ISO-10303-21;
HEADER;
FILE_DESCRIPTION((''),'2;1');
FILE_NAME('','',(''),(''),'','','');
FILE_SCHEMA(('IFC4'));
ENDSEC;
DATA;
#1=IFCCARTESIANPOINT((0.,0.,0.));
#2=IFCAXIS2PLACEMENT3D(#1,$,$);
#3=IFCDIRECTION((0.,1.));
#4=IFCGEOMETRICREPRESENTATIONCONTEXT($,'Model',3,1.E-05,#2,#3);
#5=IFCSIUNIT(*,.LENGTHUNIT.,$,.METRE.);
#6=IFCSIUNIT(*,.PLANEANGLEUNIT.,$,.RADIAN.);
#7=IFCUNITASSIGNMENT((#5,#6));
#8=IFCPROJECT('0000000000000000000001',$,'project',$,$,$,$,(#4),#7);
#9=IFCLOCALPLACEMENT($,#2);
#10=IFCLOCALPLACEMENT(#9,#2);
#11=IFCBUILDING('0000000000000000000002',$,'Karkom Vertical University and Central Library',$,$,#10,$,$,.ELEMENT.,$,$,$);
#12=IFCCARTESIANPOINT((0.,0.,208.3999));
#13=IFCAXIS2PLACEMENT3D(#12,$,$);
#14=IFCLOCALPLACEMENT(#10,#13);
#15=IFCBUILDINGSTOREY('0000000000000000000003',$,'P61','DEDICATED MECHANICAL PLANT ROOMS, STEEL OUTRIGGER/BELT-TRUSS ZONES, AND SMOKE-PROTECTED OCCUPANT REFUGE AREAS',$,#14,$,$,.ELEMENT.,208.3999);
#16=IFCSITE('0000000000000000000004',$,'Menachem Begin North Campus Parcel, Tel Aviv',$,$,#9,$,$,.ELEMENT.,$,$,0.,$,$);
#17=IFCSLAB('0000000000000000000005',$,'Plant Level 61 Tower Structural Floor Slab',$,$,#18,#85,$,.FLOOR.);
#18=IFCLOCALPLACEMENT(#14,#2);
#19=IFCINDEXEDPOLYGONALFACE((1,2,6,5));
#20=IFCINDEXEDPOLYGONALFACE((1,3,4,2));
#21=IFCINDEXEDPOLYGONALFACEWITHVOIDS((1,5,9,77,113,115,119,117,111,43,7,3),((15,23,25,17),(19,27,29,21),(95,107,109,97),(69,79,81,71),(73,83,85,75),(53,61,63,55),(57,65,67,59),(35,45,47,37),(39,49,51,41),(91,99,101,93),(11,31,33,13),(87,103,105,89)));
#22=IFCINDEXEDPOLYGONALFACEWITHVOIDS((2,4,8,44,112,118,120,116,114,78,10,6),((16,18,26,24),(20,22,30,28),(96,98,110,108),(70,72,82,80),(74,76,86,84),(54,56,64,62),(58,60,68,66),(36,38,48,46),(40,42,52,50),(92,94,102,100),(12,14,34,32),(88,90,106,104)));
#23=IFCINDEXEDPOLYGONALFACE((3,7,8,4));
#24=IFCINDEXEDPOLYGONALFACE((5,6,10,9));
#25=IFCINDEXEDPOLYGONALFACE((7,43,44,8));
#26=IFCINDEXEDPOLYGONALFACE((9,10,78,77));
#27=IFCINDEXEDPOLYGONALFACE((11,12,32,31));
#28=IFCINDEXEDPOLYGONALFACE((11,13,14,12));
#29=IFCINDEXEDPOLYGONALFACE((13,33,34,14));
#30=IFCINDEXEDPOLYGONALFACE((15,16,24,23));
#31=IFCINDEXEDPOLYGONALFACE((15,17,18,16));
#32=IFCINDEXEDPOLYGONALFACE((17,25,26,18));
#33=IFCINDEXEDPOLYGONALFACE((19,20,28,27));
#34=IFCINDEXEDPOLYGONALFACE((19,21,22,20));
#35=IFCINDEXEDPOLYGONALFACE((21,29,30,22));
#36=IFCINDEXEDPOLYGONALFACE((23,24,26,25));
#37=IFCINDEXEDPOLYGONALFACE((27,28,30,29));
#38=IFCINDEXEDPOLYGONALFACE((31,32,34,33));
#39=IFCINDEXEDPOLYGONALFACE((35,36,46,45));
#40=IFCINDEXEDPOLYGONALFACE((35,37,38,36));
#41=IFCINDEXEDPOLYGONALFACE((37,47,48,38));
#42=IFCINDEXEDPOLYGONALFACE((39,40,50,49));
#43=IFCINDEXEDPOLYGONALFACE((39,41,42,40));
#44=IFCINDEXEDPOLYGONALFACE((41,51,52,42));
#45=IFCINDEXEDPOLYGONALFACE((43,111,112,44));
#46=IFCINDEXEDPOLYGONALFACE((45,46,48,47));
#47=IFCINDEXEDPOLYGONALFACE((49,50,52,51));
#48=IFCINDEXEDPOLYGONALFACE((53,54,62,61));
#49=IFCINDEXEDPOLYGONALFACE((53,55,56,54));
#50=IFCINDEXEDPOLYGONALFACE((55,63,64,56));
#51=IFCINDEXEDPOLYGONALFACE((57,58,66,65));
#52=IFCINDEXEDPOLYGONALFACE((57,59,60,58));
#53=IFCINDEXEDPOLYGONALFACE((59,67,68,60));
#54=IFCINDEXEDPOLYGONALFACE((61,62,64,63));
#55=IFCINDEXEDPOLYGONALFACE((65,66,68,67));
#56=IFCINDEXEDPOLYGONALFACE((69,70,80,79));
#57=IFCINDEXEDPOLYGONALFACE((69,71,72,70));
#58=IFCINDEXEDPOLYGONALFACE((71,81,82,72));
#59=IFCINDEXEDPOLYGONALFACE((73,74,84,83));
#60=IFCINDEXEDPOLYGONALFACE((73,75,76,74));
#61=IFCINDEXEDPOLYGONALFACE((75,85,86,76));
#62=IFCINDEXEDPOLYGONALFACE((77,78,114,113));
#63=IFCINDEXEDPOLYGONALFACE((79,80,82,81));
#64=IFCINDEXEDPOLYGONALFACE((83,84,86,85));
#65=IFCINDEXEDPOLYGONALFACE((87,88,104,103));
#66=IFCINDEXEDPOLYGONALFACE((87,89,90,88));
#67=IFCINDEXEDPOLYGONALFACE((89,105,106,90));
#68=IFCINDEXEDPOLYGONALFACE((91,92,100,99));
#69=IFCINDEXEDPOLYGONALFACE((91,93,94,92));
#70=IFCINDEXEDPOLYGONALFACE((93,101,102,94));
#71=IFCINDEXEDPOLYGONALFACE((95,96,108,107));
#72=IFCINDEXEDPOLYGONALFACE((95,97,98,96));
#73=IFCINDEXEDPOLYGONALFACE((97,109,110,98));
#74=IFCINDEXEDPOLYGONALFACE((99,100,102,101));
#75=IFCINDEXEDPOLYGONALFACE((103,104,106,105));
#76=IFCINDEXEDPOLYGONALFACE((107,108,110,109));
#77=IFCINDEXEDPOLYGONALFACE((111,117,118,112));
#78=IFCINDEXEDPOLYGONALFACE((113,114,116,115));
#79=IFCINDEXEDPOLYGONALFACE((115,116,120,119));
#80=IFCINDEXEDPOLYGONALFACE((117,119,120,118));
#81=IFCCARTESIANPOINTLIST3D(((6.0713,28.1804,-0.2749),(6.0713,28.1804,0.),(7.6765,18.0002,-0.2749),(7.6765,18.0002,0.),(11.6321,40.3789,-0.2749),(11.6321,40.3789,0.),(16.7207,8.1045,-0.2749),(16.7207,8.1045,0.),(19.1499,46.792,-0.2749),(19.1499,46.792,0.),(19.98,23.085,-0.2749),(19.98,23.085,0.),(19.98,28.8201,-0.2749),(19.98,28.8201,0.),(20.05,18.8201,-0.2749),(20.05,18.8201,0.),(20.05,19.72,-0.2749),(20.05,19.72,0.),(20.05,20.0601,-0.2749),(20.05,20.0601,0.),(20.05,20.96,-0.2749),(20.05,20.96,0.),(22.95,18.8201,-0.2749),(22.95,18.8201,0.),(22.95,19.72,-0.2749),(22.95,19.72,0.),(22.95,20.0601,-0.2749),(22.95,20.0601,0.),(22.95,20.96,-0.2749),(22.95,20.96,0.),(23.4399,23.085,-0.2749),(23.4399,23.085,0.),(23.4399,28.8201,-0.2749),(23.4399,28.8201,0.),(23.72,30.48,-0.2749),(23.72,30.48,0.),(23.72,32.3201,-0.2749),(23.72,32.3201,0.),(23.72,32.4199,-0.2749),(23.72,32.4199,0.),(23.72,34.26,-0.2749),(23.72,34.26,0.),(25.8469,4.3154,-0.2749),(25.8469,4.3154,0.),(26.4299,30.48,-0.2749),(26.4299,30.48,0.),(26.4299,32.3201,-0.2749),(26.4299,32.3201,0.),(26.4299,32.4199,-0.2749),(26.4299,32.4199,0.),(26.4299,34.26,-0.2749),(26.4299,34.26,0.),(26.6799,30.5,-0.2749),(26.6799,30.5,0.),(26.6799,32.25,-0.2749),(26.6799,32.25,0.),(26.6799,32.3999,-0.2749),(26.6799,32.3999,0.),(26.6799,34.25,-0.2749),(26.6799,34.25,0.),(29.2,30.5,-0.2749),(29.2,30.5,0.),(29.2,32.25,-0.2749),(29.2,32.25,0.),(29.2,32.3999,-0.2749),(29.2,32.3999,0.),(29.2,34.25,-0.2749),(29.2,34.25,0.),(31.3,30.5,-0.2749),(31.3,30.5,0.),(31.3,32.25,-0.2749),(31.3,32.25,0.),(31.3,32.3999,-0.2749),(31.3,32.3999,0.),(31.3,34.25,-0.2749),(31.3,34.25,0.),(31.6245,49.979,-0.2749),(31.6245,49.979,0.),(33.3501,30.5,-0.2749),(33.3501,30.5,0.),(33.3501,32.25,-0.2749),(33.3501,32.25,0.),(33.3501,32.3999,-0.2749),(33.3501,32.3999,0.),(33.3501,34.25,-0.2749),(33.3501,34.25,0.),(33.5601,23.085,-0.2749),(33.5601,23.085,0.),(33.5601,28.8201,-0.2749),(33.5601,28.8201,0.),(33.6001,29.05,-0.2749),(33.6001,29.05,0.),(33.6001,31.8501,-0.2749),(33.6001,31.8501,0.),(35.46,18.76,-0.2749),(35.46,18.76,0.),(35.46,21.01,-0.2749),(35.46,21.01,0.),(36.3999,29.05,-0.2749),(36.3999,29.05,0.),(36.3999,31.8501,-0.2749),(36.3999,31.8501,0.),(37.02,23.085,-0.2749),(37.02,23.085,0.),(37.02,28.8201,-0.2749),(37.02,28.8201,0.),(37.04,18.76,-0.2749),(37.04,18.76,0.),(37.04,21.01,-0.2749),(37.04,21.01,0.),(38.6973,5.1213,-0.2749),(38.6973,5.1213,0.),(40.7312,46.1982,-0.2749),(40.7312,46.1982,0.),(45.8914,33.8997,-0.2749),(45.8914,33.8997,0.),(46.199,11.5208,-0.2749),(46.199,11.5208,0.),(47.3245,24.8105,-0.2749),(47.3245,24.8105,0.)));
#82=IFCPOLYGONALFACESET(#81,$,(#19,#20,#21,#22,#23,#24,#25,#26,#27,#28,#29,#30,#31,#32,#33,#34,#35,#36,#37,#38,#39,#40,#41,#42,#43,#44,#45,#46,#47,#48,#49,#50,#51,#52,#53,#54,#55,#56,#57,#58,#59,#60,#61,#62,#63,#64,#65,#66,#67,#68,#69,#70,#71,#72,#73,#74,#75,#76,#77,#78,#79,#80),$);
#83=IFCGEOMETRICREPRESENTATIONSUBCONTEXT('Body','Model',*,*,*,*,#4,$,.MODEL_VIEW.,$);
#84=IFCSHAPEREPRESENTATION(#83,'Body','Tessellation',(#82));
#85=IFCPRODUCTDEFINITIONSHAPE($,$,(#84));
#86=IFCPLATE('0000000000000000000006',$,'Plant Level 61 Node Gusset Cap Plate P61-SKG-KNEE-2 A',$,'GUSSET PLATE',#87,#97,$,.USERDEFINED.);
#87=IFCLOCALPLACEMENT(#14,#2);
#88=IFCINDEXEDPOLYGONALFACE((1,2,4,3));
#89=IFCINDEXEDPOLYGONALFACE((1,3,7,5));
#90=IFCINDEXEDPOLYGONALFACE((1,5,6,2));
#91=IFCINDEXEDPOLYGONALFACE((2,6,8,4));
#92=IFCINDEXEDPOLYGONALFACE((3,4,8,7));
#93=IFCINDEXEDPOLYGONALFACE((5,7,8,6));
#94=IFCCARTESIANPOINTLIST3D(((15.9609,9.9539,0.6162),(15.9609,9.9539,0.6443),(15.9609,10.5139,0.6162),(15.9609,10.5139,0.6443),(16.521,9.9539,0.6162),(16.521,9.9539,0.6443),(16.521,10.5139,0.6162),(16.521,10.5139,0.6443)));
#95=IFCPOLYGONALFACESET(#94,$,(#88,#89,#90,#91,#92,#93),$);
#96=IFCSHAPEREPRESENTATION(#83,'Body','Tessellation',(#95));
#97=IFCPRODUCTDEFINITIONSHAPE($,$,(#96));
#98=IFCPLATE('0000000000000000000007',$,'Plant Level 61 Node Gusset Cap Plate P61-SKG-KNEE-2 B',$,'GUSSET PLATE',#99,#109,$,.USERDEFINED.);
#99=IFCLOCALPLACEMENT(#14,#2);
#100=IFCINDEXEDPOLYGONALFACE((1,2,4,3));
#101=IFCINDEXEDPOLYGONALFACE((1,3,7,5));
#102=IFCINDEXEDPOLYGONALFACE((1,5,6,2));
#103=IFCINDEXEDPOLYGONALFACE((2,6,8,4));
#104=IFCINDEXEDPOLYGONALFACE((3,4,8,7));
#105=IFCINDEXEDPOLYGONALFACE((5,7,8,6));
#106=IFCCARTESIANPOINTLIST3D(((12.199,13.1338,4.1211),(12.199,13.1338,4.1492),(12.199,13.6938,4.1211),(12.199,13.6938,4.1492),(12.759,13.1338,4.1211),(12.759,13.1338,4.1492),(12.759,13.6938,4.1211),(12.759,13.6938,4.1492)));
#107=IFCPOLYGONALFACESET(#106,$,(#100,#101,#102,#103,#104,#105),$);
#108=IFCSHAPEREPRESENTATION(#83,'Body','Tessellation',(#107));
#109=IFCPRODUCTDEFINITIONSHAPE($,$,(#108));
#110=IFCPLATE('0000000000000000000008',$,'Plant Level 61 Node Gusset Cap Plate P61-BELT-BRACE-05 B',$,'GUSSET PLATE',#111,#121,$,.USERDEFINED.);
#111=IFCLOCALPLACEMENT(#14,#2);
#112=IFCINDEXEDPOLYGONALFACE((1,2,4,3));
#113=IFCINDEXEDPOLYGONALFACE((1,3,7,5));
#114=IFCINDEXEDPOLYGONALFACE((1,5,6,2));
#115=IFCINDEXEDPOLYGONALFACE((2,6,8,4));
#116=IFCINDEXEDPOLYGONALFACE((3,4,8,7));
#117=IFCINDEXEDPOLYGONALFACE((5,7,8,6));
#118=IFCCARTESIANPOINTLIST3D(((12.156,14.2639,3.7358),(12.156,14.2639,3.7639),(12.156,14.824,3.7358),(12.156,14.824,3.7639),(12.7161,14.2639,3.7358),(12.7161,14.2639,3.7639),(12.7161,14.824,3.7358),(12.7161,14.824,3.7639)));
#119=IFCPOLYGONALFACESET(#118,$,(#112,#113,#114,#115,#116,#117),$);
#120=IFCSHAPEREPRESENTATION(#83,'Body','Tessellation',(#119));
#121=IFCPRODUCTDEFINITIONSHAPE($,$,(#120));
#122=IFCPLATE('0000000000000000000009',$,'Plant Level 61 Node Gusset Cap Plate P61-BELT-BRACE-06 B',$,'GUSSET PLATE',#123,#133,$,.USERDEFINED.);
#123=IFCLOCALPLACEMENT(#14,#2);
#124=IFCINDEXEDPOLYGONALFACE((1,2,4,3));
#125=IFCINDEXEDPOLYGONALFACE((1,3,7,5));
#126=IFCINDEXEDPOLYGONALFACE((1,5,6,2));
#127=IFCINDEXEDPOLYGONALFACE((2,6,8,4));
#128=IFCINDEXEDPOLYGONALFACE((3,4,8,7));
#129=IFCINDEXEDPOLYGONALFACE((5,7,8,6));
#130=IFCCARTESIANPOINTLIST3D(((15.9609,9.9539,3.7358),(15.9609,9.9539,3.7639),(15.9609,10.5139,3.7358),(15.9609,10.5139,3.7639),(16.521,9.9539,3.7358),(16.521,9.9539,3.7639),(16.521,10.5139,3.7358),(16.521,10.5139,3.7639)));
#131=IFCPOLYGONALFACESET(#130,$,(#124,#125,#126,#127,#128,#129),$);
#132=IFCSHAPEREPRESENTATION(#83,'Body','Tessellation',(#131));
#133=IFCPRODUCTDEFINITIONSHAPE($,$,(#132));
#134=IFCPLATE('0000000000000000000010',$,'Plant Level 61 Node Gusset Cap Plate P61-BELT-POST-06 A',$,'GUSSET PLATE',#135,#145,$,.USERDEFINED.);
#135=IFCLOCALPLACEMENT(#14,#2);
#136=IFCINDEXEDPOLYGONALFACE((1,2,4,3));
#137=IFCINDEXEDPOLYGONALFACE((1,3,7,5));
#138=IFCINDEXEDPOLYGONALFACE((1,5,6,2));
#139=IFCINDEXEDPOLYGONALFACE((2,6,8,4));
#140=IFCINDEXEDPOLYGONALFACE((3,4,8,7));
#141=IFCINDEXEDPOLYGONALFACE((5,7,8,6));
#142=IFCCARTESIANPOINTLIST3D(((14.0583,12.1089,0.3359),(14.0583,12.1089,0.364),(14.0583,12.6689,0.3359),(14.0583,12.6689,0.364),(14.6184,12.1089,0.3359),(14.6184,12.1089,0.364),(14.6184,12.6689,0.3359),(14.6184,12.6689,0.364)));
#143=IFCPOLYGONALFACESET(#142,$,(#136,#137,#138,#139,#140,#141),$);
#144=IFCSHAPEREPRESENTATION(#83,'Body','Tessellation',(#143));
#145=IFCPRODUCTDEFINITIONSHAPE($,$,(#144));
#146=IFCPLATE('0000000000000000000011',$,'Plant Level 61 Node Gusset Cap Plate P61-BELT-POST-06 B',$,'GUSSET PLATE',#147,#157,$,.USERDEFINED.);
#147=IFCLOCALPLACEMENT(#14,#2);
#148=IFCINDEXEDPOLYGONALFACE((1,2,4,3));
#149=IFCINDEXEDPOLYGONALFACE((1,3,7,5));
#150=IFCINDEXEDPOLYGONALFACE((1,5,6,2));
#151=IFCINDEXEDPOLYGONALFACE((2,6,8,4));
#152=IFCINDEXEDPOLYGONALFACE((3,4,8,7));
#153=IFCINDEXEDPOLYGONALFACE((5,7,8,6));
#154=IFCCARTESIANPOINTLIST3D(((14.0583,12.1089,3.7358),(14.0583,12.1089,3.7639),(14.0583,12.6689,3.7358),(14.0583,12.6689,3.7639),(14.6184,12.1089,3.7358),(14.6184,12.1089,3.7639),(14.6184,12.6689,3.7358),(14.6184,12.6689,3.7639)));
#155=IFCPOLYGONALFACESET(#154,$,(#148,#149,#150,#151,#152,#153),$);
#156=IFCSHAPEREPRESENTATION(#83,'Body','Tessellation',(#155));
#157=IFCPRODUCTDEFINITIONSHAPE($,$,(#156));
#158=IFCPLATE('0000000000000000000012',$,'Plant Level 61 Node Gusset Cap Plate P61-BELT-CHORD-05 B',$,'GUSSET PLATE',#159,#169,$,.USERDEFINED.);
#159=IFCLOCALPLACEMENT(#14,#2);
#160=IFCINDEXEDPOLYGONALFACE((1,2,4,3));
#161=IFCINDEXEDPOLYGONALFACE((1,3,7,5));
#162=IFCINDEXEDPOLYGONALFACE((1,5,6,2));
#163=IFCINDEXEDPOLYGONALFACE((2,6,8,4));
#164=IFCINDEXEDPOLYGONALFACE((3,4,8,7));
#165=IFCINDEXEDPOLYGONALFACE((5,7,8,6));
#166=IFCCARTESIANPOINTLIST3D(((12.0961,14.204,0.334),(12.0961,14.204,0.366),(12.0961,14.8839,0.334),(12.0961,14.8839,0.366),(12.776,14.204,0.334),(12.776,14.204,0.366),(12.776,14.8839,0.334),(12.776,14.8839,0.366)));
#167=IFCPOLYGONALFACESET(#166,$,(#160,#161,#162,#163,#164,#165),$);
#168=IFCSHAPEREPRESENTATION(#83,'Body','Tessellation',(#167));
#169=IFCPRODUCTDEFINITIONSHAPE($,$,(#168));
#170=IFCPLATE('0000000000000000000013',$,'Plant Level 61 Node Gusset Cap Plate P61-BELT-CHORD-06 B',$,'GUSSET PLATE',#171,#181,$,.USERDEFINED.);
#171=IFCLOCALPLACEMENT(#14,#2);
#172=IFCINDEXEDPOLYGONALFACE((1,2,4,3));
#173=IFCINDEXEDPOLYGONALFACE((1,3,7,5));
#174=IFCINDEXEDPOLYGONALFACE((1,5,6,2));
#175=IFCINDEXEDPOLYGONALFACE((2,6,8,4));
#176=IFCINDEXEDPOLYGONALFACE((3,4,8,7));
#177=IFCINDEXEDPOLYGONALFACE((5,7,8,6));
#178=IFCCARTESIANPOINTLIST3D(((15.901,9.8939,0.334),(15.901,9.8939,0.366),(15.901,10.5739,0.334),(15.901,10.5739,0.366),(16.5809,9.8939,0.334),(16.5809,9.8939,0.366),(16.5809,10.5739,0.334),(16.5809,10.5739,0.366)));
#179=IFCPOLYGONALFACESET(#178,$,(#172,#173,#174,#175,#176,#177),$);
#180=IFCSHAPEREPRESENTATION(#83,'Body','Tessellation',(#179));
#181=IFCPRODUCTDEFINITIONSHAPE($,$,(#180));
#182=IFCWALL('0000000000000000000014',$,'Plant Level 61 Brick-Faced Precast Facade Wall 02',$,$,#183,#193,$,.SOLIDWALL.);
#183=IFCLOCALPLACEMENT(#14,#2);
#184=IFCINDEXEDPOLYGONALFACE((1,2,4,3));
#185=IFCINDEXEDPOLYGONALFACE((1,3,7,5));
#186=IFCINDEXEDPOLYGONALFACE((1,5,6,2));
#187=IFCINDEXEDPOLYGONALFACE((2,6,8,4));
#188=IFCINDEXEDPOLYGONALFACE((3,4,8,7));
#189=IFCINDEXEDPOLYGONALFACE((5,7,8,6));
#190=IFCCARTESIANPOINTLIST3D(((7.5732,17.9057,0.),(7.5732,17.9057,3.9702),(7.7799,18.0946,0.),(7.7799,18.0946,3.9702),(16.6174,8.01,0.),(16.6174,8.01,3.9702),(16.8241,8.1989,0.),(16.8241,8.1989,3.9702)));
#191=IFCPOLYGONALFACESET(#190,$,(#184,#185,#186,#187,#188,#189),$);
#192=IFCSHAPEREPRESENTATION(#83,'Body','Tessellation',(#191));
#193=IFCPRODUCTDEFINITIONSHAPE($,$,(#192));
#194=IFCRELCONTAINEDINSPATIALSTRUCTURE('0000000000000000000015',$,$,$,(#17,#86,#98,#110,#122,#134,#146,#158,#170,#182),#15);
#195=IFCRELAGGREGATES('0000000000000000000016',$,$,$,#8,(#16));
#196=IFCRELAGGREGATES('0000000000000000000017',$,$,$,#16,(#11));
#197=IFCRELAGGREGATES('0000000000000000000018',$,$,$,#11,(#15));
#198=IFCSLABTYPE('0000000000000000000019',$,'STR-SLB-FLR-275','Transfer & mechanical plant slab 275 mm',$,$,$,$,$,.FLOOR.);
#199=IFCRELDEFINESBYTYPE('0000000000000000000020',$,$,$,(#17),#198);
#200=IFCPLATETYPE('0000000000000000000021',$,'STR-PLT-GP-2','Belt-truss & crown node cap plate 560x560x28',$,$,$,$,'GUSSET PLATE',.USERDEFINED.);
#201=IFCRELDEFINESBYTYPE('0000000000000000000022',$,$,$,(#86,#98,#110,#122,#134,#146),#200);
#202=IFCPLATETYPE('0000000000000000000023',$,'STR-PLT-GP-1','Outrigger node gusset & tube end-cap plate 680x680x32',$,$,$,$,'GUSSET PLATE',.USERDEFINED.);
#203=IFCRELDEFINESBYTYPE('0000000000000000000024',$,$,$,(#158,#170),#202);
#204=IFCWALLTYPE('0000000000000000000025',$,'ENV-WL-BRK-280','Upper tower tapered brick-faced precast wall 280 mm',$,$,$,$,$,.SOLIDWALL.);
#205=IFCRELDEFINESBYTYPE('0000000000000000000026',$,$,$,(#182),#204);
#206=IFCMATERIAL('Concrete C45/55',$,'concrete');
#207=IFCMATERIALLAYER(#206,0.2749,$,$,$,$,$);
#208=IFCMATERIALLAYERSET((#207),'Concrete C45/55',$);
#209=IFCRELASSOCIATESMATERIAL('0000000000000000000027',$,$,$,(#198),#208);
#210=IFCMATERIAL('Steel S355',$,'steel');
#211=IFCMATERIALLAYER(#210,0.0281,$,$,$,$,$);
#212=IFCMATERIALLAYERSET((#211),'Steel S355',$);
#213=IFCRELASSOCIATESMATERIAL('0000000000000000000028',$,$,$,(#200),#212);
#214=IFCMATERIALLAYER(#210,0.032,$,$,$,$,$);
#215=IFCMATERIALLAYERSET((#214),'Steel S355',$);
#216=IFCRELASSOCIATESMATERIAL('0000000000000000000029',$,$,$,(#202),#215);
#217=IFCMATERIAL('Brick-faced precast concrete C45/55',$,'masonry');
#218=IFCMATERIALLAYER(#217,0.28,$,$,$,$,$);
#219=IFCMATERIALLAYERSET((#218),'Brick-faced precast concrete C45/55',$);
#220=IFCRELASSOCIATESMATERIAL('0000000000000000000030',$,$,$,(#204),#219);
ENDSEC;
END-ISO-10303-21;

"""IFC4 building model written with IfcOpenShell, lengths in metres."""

from ifc_helpers import new_model, si_unit, direction, frame, frame_2d, origin, origin_with_axes, origin_2d, place, context, subcontext, project, spatial, polyline, rectangle, outline, extrude, source, transform, mapped, material, layer, layer_set, type_object, element, save


model = new_model("IFC4")

# Units and contexts
model_context = context("Model", 3, precision=1e-05, world=origin(), true_north=direction((0.0, 1.0)))
body_context = subcontext(model_context, "Body", "Model", "MODEL_VIEW")
ifc_project = project(units=[si_unit("LENGTHUNIT", "METRE"), si_unit("PLANEANGLEUNIT", "RADIAN")], contexts=[model_context])

# Site, building, storey
site_placement = place(None, origin())
site = spatial("IfcSite", under=ifc_project, at=site_placement, Name="Menachem Begin North Campus Parcel, Tel Aviv", CompositionType="ELEMENT", RefElevation=0.0)
building_placement = place(site_placement, origin())
building = spatial("IfcBuilding", under=site, at=building_placement, Name="Karkom Vertical University and Central Library", CompositionType="ELEMENT")
storey_placement = place(building_placement, frame((0.0, 0.0, 208.3999)))
storey = spatial("IfcBuildingStorey", under=building, at=storey_placement, Name="P61", Description="DEDICATED MECHANICAL PLANT ROOMS, STEEL OUTRIGGER/BELT-TRUSS ZONES, AND SMOKE-PROTECTED OCCUPANT REFUGE AREAS", CompositionType="ELEMENT", Elevation=208.3999)

# Shared definitions
ifc_material_1 = material(Name="Steel S355", Category="steel")

# Shared definitions
ifc_material_2 = material(Name="Concrete C45/55", Category="concrete")

# Slab
ifc_layer_1 = layer(ifc_material_2, 0.2749)
ifc_layer_set_1 = layer_set([ifc_layer_1], Name="Concrete C45/55")
slab_type_1 = type_object("IfcSlabType", Name="STR-SLB-FLR-275", Description="Transfer & mechanical plant slab 275 mm", PredefinedType="FLOOR", material=ifc_layer_set_1)
slab_1_placement = place(storey_placement, frame((0.0, 0.0, -0.2749)))
element("IfcSlab", 1, at=slab_1_placement, inside=storey, type_object=slab_type_1, Name="Plant Level 61 Tower Structural Floor Slab", PredefinedType="FLOOR", context=body_context, shape_type="SweptSolid", body=[
    extrude(outline(polyline([(6.0713, 28.1804), (7.6765, 18.0002), (16.7207, 8.1045), (25.8469, 4.3154), (38.6973, 5.1213), (46.199, 11.5208), (47.3245, 24.8105), (45.8914, 33.8997), (40.7312, 46.1982), (31.6245, 49.979), (19.1499, 46.792), (11.6321, 40.3789), (6.0713, 28.1804)]), holes=[polyline([(19.98, 23.085), (23.4399, 23.085), (23.4399, 28.8201), (19.98, 28.8201), (19.98, 23.085)]), polyline([(33.5601, 23.085), (37.02, 23.085), (37.02, 28.8201), (33.5601, 28.8201), (33.5601, 23.085)]), polyline([(26.6799, 30.5), (29.2, 30.5), (29.2, 32.25), (26.6799, 32.25), (26.6799, 30.5)]), polyline([(26.6799, 32.3999), (29.2, 32.3999), (29.2, 34.25), (26.6799, 34.25), (26.6799, 32.3999)]), polyline([(31.3, 30.5), (33.3501, 30.5), (33.3501, 32.25), (31.3, 32.25), (31.3, 30.5)]), polyline([(31.3, 32.3999), (33.3501, 32.3999), (33.3501, 34.25), (31.3, 34.25), (31.3, 32.3999)]), polyline([(23.72, 30.48), (26.4299, 30.48), (26.4299, 32.3201), (23.72, 32.3201), (23.72, 30.48)]), polyline([(23.72, 32.4199), (26.4299, 32.4199), (26.4299, 34.26), (23.72, 34.26), (23.72, 32.4199)]), polyline([(33.6001, 29.05), (36.3999, 29.05), (36.3999, 31.8501), (33.6001, 31.8501), (33.6001, 29.05)]), polyline([(20.05, 18.8201), (22.95, 18.8201), (22.95, 19.72), (20.05, 19.72), (20.05, 18.8201)]), polyline([(20.05, 20.0601), (22.95, 20.0601), (22.95, 20.96), (20.05, 20.96), (20.05, 20.0601)]), polyline([(35.46, 18.76), (37.04, 18.76), (37.04, 21.01), (35.46, 21.01), (35.46, 18.76)])]), origin(), (0.0, 0.0, 1.0), 0.2749),
])

# Plates
ifc_layer_2 = layer(ifc_material_1, 0.0281)
ifc_layer_set_2 = layer_set([ifc_layer_2], Name="Steel S355")
plate_type_1 = type_object("IfcPlateType", Name="STR-PLT-GP-2", Description="Belt-truss & crown node cap plate 560x560x28", ElementType="GUSSET PLATE", PredefinedType="USERDEFINED", material=ifc_layer_set_2)
shared_shape_1 = source(origin_with_axes(), body_context, "Body", "SweptSolid", [
    extrude(rectangle(XDim=0.5601, YDim=0.5601, at=origin_2d()), origin(), (0.0, 0.0, 1.0), 0.0281),
])
for number, where, z_axis, x_axis, name in (
    (2, (16.241, 10.2339, 0.6162), (0.0, 0.0, 1.0), (1.0, 0.0, 0.0), "Plant Level 61 Node Gusset Cap Plate P61-SKG-KNEE-2 A"),
    (3, (12.479, 13.4138, 4.1211), (0.0, 0.0, 1.0), (1.0, 0.0, 0.0), "Plant Level 61 Node Gusset Cap Plate P61-SKG-KNEE-2 B"),
    (4, (12.436, 14.5439, 3.7358), (0.0, 0.0, 1.0), (1.0, 0.0, 0.0), "Plant Level 61 Node Gusset Cap Plate P61-BELT-BRACE-05 B"),
    (5, (16.241, 10.2339, 3.7358), (0.0, 0.0, 1.0), (1.0, 0.0, 0.0), "Plant Level 61 Node Gusset Cap Plate P61-BELT-BRACE-06 B"),
    (6, (14.3384, 12.3889, 0.3359), (0.0, 0.0, 1.0), (1.0, 0.0, 0.0), "Plant Level 61 Node Gusset Cap Plate P61-BELT-POST-06 A"),
    (7, (14.3384, 12.3889, 3.7358), (0.0, 0.0, 1.0), (1.0, 0.0, 0.0), "Plant Level 61 Node Gusset Cap Plate P61-BELT-POST-06 B"),
):
    element("IfcPlate", number, at=place(storey_placement, frame(where, z_axis=z_axis, x_axis=x_axis)), inside=storey, type_object=plate_type_1, Name=name, ObjectType="GUSSET PLATE", PredefinedType="USERDEFINED", context=body_context, shape_type="MappedRepresentation", body=[
        mapped(shared_shape_1, transform((0.0, 0.0, 0.0), scale=1.0)),
    ])
ifc_layer_3 = layer(ifc_material_1, 0.032)
ifc_layer_set_3 = layer_set([ifc_layer_3], Name="Steel S355")
plate_type_2 = type_object("IfcPlateType", Name="STR-PLT-GP-1", Description="Outrigger node gusset & tube end-cap plate 680x680x32", ElementType="GUSSET PLATE", PredefinedType="USERDEFINED", material=ifc_layer_set_3)
shared_shape_2 = source(origin_with_axes(), body_context, "Body", "SweptSolid", [
    extrude(rectangle(XDim=0.6799, YDim=0.6799, at=origin_2d()), origin(), (0.0, 0.0, 1.0), 0.032),
])
for number, where, z_axis, x_axis, name in (
    (8, (12.436, 14.5439, 0.334), (0.0, 0.0, 1.0), (1.0, 0.0, 0.0), "Plant Level 61 Node Gusset Cap Plate P61-BELT-CHORD-05 B"),
    (9, (16.241, 10.2339, 0.334), (0.0, 0.0, 1.0), (1.0, 0.0, 0.0), "Plant Level 61 Node Gusset Cap Plate P61-BELT-CHORD-06 B"),
):
    element("IfcPlate", number, at=place(storey_placement, frame(where, z_axis=z_axis, x_axis=x_axis)), inside=storey, type_object=plate_type_2, Name=name, ObjectType="GUSSET PLATE", PredefinedType="USERDEFINED", context=body_context, shape_type="MappedRepresentation", body=[
        mapped(shared_shape_2, transform((0.0, 0.0, 0.0), scale=1.0)),
    ])

# Wall
ifc_material_3 = material(Name="Brick-faced precast concrete C45/55", Category="masonry")
ifc_layer_4 = layer(ifc_material_3, 0.28)
ifc_layer_set_4 = layer_set([ifc_layer_4], Name="Brick-faced precast concrete C45/55")
wall_type_1 = type_object("IfcWallType", Name="ENV-WL-BRK-280", Description="Upper tower tapered brick-faced precast wall 280 mm", PredefinedType="SOLIDWALL", material=ifc_layer_set_4)
wall_1_placement = place(storey_placement, frame((7.6765, 18.0002, 0.0), z_axis=(0.0, 0.0, 1.0), x_axis=(0.674633, -0.738153, 0.0)))
element("IfcWall", 10, at=wall_1_placement, inside=storey, type_object=wall_type_1, Name="Plant Level 61 Brick-Faced Precast Facade Wall 02", PredefinedType="SOLIDWALL", context=body_context, shape_type="SweptSolid", body=[
    extrude(rectangle(XDim=13.406, YDim=0.28, at=frame_2d((6.7031, 0.0))), origin(), (0.0, 0.0, 1.0), 3.9702),
])

save(model, "model.ifc")
